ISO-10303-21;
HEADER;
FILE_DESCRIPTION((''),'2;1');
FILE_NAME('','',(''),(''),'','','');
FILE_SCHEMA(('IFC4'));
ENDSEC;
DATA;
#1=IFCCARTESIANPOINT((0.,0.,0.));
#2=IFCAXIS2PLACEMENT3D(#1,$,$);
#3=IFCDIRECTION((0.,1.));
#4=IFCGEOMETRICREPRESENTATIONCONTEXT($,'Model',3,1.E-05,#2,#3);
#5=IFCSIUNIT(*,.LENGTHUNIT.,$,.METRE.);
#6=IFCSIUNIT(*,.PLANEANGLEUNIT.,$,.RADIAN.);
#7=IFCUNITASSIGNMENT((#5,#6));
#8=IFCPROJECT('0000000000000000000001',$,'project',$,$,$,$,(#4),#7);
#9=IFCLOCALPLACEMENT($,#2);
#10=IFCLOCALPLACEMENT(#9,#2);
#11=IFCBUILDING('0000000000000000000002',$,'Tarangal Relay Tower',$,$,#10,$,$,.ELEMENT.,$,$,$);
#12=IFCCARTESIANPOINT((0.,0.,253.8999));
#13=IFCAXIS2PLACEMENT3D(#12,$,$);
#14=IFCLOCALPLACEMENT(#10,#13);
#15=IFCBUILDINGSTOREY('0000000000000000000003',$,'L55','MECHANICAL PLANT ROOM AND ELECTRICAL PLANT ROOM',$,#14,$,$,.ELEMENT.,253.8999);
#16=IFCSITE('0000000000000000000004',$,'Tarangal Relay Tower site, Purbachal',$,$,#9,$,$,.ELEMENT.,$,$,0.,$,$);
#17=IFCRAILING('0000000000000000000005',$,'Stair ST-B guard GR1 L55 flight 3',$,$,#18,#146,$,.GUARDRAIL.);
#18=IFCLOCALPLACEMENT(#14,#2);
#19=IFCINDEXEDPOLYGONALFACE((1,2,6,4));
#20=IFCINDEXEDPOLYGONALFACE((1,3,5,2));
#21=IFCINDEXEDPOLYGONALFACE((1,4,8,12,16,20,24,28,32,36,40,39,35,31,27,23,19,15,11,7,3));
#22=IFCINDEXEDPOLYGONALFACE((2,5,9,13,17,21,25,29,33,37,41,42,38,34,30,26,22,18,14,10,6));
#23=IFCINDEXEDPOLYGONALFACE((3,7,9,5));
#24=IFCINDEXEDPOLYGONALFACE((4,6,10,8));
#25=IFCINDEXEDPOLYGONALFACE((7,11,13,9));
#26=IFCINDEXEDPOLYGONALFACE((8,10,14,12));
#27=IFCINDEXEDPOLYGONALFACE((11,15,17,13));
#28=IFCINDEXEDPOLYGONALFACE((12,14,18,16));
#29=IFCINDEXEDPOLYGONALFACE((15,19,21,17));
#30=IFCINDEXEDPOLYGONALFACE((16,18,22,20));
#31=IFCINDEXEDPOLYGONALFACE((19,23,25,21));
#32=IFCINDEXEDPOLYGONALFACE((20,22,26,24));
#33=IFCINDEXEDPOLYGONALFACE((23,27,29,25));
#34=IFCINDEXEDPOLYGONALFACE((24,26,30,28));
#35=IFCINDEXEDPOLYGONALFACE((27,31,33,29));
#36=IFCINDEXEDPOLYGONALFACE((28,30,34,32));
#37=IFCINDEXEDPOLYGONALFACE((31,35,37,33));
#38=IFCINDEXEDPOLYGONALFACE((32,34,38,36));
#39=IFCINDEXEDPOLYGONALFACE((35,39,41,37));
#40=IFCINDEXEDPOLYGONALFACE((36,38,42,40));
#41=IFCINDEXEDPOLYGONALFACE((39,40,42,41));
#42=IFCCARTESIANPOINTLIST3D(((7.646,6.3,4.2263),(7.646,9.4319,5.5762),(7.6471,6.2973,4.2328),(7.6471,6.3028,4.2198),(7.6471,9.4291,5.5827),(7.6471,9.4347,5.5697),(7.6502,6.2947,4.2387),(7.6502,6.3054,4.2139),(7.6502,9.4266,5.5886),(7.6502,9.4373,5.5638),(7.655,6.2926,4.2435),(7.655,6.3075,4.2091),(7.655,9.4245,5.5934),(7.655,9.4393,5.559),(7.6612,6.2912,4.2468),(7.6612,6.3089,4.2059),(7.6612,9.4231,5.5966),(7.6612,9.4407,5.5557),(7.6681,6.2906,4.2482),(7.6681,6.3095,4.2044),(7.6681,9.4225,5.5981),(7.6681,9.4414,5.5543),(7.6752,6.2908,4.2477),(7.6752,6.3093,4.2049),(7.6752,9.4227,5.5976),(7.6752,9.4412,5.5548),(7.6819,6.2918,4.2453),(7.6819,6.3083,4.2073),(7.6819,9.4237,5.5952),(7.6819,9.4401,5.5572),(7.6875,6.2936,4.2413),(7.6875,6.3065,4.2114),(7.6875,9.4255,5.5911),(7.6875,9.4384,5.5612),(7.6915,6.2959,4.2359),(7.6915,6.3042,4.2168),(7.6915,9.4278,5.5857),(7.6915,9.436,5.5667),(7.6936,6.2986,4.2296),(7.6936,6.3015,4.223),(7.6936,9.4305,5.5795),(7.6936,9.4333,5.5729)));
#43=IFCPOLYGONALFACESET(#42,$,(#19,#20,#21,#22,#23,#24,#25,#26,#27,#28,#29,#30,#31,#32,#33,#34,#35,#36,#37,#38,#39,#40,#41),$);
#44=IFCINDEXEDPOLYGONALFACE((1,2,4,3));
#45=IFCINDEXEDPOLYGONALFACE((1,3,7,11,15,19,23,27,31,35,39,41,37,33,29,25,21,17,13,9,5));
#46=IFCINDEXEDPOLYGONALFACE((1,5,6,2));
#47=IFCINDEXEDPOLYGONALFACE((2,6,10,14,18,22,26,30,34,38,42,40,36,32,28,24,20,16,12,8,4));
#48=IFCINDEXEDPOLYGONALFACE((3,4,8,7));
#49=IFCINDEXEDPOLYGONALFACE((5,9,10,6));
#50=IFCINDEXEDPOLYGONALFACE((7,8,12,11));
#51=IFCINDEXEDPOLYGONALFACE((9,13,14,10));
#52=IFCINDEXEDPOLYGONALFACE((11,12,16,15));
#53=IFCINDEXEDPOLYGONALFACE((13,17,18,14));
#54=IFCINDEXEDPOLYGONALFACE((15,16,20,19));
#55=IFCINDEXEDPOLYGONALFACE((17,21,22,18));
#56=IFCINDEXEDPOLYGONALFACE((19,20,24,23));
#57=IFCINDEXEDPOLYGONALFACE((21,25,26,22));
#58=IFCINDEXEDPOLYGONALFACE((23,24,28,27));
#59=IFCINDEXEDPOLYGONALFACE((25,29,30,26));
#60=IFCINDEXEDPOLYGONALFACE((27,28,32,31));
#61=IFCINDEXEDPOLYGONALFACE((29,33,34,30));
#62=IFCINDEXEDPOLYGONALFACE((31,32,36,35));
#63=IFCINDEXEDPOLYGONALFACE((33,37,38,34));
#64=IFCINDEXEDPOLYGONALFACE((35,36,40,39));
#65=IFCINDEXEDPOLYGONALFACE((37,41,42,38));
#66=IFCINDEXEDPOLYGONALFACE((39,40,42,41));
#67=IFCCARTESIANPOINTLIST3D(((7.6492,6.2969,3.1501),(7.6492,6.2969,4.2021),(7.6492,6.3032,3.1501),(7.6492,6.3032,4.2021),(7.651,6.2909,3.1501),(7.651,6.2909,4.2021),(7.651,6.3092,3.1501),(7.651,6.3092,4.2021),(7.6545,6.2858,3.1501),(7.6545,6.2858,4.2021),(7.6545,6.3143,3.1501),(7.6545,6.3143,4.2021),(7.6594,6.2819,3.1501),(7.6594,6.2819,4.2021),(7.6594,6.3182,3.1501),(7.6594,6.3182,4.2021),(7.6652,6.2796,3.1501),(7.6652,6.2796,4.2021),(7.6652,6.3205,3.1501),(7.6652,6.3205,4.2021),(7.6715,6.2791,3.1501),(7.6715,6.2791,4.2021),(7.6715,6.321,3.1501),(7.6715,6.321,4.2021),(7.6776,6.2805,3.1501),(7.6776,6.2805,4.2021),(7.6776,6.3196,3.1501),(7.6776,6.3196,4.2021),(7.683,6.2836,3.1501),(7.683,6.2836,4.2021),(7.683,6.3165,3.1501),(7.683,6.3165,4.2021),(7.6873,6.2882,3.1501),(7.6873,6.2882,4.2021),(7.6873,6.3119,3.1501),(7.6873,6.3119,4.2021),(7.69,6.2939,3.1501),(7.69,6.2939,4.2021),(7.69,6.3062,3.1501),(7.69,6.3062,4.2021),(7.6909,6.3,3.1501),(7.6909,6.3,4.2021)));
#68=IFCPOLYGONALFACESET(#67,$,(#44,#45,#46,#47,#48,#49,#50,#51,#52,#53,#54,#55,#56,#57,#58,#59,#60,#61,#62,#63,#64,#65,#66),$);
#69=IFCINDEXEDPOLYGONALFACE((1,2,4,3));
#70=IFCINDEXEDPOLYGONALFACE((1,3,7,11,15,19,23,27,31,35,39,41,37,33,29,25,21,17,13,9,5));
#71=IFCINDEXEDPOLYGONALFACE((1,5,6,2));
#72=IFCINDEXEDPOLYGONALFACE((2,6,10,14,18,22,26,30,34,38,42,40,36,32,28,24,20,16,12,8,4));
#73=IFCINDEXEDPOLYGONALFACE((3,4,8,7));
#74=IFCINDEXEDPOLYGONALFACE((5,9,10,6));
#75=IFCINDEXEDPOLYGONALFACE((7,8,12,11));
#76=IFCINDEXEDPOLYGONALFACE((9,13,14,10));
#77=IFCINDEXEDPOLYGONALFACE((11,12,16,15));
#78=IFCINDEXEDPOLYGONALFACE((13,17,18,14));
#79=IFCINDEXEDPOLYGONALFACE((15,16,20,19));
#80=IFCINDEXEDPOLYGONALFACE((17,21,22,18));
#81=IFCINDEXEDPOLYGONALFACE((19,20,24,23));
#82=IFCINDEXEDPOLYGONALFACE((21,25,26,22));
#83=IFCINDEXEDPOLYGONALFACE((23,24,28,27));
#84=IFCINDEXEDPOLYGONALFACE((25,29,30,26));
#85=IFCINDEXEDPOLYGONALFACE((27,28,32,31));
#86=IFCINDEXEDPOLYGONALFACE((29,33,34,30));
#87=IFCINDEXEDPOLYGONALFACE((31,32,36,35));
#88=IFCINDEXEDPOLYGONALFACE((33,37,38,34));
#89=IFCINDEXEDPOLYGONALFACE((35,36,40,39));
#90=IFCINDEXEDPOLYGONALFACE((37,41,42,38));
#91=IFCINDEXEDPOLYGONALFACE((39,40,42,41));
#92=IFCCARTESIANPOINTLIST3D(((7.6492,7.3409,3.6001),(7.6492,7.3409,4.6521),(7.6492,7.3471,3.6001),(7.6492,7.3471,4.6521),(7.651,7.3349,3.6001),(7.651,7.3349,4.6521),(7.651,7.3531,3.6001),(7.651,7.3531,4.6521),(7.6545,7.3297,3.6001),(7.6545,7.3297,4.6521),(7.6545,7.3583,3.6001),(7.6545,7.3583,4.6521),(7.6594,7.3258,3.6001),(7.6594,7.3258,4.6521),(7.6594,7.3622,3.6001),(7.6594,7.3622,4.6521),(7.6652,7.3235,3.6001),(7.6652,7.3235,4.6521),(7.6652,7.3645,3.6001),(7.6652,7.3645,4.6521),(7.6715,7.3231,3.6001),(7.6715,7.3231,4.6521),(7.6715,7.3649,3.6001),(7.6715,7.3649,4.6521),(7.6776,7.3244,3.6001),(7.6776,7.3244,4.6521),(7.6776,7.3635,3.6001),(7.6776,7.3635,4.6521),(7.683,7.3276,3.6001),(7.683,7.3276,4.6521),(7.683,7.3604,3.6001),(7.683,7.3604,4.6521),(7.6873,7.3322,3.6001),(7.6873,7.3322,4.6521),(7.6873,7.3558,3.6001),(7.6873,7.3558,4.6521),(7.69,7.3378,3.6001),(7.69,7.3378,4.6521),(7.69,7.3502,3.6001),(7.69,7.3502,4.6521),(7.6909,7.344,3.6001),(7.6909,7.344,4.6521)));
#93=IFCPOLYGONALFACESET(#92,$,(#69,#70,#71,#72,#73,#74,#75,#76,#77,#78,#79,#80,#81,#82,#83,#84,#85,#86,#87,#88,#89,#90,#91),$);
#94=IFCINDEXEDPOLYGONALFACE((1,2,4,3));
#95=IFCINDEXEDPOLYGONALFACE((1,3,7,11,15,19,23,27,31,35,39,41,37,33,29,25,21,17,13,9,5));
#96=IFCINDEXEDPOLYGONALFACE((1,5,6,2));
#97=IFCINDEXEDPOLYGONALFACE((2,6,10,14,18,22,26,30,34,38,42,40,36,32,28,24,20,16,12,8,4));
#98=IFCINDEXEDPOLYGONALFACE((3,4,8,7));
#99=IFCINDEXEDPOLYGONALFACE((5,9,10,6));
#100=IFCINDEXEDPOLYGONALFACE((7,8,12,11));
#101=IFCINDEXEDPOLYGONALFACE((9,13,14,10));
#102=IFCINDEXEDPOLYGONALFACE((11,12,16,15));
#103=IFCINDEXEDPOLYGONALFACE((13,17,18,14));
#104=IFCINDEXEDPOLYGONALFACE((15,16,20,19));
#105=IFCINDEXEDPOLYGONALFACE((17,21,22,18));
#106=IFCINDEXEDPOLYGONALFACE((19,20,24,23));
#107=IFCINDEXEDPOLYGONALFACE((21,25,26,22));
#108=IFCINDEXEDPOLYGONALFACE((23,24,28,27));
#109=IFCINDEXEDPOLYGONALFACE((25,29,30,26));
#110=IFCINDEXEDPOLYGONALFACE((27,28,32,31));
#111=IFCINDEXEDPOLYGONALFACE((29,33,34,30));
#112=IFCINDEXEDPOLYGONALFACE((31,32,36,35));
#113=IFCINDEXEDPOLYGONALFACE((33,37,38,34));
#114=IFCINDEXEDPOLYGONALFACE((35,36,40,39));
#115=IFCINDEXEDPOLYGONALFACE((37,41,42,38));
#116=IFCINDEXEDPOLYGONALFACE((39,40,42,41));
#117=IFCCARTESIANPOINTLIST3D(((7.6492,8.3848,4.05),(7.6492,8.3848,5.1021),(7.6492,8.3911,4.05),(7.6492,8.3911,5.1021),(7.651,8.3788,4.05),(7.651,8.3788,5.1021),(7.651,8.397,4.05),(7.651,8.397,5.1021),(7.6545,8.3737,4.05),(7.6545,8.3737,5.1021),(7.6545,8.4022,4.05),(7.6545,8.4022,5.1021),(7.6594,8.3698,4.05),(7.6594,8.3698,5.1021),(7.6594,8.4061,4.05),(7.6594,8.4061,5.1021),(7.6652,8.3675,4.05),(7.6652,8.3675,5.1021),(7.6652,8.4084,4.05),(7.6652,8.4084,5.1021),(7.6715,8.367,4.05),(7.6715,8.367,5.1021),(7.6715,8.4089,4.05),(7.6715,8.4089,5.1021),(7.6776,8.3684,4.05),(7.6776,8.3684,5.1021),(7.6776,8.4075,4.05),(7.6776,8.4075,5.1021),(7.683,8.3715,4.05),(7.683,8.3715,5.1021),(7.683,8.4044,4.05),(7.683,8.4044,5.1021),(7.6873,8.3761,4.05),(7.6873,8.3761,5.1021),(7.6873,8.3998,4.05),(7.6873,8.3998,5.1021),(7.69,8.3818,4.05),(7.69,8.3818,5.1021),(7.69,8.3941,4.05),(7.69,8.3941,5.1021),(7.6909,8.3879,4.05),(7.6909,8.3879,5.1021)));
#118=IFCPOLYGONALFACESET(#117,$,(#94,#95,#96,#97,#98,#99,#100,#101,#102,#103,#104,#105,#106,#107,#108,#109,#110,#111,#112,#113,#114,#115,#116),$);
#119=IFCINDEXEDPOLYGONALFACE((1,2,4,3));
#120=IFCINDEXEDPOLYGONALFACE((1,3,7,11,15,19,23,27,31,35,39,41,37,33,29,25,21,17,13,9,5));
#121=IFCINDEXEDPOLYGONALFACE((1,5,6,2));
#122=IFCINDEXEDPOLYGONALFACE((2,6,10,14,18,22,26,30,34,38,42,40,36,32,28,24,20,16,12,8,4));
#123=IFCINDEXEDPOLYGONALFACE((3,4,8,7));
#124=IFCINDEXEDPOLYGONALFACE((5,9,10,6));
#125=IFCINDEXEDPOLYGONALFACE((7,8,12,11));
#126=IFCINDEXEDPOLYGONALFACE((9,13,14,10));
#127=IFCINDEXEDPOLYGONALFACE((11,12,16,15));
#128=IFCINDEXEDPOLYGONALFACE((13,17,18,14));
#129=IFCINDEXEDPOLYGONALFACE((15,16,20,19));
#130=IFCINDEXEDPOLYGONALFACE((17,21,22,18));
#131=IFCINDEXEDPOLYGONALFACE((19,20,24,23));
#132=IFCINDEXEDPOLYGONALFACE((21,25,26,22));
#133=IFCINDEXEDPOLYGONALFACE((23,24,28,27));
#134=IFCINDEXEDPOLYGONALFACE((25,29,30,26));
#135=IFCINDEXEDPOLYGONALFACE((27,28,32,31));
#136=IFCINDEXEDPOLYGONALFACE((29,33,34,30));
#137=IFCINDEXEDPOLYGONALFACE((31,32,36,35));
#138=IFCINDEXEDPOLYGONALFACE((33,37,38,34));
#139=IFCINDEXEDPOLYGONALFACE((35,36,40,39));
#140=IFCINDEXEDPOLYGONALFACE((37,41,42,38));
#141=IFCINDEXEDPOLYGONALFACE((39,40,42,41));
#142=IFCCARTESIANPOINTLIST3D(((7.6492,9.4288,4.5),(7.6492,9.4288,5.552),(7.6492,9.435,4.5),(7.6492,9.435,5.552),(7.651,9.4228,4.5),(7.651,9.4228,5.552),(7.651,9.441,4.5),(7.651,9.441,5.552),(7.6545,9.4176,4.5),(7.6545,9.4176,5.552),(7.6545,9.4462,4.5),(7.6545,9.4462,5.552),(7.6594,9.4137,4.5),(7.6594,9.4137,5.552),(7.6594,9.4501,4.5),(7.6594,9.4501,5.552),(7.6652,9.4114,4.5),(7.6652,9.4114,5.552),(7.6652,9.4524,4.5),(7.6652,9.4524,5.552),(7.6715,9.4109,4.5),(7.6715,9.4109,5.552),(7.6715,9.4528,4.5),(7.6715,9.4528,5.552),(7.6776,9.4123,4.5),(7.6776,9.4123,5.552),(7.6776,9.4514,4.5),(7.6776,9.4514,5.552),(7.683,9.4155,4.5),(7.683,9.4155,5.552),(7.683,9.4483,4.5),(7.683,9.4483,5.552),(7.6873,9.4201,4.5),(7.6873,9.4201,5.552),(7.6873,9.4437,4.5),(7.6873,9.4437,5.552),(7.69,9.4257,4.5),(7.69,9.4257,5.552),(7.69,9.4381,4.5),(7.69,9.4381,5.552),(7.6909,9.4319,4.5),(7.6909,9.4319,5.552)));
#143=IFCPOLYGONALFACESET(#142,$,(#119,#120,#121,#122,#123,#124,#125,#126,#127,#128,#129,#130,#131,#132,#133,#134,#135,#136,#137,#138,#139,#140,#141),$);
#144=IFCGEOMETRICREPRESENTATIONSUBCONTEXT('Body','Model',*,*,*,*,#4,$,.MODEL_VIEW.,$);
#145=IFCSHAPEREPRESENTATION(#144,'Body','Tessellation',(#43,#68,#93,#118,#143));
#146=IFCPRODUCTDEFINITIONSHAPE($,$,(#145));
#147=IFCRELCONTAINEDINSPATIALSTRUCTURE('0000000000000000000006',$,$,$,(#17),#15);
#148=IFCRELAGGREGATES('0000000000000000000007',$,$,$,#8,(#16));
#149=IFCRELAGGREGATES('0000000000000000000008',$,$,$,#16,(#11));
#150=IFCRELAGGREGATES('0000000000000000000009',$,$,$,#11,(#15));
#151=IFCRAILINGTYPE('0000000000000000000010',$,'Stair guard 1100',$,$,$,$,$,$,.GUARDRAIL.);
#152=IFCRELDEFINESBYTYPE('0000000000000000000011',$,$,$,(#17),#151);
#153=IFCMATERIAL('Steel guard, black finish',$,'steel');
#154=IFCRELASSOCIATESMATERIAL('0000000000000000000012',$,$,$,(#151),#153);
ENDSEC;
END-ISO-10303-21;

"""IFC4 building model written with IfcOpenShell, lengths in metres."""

from ifc_helpers import new_model, si_unit, direction, frame, origin, origin_2d, place, context, subcontext, project, spatial, circle, extrude, material, type_object, element, save


model = new_model("IFC4")

# Units and contexts
model_context = context("Model", 3, precision=1e-05, world=origin(), true_north=direction((0.0, 1.0)))
body_context = subcontext(model_context, "Body", "Model", "MODEL_VIEW")
ifc_project = project(units=[si_unit("LENGTHUNIT", "METRE"), si_unit("PLANEANGLEUNIT", "RADIAN")], contexts=[model_context])

# Site, building, storey
site_placement = place(None, origin())
site = spatial("IfcSite", under=ifc_project, at=site_placement, Name="Tarangal Relay Tower site, Purbachal", CompositionType="ELEMENT", RefElevation=0.0)
building_placement = place(site_placement, origin())
building = spatial("IfcBuilding", under=site, at=building_placement, Name="Tarangal Relay Tower", CompositionType="ELEMENT")
storey_placement = place(building_placement, frame((0.0, 0.0, 253.8999)))
storey = spatial("IfcBuildingStorey", under=building, at=storey_placement, Name="L55", Description="MECHANICAL PLANT ROOM AND ELECTRICAL PLANT ROOM", CompositionType="ELEMENT", Elevation=253.8999)

# Railing
ifc_material_1 = material(Name="Steel guard, black finish", Category="steel")
railing_type_1 = type_object("IfcRailingType", Name="Stair guard 1100", PredefinedType="GUARDRAIL", material=ifc_material_1)
railing_1_placement = place(storey_placement, frame((7.6699, 6.3, 3.1501)))
element("IfcRailing", 1, at=railing_1_placement, inside=storey, type_object=railing_type_1, Name="Stair ST-B guard GR1 L55 flight 3", PredefinedType="GUARDRAIL", context=body_context, shape_type="SweptSolid", body=[
    extrude(circle(Radius=0.0239, at=origin_2d()), frame((0.0, 0.0, 1.0762), z_axis=(0.0, 0.918332, 0.395811), x_axis=(-1.0, 0.0, 0.0)), (0.0, 0.0, 1.0), 3.4104),
    extrude(circle(Radius=0.021, at=origin_2d()), origin(), (0.0, 0.0, 1.0), 1.052),
    extrude(circle(Radius=0.021, at=origin_2d()), frame((0.0, 1.0439, 0.45)), (0.0, 0.0, 1.0), 1.052),
    extrude(circle(Radius=0.021, at=origin_2d()), frame((0.0, 2.0879, 0.8999)), (0.0, 0.0, 1.0), 1.052),
    extrude(circle(Radius=0.021, at=origin_2d()), frame((0.0, 3.1318, 1.3499)), (0.0, 0.0, 1.0), 1.052),
])

save(model, "model.ifc")
